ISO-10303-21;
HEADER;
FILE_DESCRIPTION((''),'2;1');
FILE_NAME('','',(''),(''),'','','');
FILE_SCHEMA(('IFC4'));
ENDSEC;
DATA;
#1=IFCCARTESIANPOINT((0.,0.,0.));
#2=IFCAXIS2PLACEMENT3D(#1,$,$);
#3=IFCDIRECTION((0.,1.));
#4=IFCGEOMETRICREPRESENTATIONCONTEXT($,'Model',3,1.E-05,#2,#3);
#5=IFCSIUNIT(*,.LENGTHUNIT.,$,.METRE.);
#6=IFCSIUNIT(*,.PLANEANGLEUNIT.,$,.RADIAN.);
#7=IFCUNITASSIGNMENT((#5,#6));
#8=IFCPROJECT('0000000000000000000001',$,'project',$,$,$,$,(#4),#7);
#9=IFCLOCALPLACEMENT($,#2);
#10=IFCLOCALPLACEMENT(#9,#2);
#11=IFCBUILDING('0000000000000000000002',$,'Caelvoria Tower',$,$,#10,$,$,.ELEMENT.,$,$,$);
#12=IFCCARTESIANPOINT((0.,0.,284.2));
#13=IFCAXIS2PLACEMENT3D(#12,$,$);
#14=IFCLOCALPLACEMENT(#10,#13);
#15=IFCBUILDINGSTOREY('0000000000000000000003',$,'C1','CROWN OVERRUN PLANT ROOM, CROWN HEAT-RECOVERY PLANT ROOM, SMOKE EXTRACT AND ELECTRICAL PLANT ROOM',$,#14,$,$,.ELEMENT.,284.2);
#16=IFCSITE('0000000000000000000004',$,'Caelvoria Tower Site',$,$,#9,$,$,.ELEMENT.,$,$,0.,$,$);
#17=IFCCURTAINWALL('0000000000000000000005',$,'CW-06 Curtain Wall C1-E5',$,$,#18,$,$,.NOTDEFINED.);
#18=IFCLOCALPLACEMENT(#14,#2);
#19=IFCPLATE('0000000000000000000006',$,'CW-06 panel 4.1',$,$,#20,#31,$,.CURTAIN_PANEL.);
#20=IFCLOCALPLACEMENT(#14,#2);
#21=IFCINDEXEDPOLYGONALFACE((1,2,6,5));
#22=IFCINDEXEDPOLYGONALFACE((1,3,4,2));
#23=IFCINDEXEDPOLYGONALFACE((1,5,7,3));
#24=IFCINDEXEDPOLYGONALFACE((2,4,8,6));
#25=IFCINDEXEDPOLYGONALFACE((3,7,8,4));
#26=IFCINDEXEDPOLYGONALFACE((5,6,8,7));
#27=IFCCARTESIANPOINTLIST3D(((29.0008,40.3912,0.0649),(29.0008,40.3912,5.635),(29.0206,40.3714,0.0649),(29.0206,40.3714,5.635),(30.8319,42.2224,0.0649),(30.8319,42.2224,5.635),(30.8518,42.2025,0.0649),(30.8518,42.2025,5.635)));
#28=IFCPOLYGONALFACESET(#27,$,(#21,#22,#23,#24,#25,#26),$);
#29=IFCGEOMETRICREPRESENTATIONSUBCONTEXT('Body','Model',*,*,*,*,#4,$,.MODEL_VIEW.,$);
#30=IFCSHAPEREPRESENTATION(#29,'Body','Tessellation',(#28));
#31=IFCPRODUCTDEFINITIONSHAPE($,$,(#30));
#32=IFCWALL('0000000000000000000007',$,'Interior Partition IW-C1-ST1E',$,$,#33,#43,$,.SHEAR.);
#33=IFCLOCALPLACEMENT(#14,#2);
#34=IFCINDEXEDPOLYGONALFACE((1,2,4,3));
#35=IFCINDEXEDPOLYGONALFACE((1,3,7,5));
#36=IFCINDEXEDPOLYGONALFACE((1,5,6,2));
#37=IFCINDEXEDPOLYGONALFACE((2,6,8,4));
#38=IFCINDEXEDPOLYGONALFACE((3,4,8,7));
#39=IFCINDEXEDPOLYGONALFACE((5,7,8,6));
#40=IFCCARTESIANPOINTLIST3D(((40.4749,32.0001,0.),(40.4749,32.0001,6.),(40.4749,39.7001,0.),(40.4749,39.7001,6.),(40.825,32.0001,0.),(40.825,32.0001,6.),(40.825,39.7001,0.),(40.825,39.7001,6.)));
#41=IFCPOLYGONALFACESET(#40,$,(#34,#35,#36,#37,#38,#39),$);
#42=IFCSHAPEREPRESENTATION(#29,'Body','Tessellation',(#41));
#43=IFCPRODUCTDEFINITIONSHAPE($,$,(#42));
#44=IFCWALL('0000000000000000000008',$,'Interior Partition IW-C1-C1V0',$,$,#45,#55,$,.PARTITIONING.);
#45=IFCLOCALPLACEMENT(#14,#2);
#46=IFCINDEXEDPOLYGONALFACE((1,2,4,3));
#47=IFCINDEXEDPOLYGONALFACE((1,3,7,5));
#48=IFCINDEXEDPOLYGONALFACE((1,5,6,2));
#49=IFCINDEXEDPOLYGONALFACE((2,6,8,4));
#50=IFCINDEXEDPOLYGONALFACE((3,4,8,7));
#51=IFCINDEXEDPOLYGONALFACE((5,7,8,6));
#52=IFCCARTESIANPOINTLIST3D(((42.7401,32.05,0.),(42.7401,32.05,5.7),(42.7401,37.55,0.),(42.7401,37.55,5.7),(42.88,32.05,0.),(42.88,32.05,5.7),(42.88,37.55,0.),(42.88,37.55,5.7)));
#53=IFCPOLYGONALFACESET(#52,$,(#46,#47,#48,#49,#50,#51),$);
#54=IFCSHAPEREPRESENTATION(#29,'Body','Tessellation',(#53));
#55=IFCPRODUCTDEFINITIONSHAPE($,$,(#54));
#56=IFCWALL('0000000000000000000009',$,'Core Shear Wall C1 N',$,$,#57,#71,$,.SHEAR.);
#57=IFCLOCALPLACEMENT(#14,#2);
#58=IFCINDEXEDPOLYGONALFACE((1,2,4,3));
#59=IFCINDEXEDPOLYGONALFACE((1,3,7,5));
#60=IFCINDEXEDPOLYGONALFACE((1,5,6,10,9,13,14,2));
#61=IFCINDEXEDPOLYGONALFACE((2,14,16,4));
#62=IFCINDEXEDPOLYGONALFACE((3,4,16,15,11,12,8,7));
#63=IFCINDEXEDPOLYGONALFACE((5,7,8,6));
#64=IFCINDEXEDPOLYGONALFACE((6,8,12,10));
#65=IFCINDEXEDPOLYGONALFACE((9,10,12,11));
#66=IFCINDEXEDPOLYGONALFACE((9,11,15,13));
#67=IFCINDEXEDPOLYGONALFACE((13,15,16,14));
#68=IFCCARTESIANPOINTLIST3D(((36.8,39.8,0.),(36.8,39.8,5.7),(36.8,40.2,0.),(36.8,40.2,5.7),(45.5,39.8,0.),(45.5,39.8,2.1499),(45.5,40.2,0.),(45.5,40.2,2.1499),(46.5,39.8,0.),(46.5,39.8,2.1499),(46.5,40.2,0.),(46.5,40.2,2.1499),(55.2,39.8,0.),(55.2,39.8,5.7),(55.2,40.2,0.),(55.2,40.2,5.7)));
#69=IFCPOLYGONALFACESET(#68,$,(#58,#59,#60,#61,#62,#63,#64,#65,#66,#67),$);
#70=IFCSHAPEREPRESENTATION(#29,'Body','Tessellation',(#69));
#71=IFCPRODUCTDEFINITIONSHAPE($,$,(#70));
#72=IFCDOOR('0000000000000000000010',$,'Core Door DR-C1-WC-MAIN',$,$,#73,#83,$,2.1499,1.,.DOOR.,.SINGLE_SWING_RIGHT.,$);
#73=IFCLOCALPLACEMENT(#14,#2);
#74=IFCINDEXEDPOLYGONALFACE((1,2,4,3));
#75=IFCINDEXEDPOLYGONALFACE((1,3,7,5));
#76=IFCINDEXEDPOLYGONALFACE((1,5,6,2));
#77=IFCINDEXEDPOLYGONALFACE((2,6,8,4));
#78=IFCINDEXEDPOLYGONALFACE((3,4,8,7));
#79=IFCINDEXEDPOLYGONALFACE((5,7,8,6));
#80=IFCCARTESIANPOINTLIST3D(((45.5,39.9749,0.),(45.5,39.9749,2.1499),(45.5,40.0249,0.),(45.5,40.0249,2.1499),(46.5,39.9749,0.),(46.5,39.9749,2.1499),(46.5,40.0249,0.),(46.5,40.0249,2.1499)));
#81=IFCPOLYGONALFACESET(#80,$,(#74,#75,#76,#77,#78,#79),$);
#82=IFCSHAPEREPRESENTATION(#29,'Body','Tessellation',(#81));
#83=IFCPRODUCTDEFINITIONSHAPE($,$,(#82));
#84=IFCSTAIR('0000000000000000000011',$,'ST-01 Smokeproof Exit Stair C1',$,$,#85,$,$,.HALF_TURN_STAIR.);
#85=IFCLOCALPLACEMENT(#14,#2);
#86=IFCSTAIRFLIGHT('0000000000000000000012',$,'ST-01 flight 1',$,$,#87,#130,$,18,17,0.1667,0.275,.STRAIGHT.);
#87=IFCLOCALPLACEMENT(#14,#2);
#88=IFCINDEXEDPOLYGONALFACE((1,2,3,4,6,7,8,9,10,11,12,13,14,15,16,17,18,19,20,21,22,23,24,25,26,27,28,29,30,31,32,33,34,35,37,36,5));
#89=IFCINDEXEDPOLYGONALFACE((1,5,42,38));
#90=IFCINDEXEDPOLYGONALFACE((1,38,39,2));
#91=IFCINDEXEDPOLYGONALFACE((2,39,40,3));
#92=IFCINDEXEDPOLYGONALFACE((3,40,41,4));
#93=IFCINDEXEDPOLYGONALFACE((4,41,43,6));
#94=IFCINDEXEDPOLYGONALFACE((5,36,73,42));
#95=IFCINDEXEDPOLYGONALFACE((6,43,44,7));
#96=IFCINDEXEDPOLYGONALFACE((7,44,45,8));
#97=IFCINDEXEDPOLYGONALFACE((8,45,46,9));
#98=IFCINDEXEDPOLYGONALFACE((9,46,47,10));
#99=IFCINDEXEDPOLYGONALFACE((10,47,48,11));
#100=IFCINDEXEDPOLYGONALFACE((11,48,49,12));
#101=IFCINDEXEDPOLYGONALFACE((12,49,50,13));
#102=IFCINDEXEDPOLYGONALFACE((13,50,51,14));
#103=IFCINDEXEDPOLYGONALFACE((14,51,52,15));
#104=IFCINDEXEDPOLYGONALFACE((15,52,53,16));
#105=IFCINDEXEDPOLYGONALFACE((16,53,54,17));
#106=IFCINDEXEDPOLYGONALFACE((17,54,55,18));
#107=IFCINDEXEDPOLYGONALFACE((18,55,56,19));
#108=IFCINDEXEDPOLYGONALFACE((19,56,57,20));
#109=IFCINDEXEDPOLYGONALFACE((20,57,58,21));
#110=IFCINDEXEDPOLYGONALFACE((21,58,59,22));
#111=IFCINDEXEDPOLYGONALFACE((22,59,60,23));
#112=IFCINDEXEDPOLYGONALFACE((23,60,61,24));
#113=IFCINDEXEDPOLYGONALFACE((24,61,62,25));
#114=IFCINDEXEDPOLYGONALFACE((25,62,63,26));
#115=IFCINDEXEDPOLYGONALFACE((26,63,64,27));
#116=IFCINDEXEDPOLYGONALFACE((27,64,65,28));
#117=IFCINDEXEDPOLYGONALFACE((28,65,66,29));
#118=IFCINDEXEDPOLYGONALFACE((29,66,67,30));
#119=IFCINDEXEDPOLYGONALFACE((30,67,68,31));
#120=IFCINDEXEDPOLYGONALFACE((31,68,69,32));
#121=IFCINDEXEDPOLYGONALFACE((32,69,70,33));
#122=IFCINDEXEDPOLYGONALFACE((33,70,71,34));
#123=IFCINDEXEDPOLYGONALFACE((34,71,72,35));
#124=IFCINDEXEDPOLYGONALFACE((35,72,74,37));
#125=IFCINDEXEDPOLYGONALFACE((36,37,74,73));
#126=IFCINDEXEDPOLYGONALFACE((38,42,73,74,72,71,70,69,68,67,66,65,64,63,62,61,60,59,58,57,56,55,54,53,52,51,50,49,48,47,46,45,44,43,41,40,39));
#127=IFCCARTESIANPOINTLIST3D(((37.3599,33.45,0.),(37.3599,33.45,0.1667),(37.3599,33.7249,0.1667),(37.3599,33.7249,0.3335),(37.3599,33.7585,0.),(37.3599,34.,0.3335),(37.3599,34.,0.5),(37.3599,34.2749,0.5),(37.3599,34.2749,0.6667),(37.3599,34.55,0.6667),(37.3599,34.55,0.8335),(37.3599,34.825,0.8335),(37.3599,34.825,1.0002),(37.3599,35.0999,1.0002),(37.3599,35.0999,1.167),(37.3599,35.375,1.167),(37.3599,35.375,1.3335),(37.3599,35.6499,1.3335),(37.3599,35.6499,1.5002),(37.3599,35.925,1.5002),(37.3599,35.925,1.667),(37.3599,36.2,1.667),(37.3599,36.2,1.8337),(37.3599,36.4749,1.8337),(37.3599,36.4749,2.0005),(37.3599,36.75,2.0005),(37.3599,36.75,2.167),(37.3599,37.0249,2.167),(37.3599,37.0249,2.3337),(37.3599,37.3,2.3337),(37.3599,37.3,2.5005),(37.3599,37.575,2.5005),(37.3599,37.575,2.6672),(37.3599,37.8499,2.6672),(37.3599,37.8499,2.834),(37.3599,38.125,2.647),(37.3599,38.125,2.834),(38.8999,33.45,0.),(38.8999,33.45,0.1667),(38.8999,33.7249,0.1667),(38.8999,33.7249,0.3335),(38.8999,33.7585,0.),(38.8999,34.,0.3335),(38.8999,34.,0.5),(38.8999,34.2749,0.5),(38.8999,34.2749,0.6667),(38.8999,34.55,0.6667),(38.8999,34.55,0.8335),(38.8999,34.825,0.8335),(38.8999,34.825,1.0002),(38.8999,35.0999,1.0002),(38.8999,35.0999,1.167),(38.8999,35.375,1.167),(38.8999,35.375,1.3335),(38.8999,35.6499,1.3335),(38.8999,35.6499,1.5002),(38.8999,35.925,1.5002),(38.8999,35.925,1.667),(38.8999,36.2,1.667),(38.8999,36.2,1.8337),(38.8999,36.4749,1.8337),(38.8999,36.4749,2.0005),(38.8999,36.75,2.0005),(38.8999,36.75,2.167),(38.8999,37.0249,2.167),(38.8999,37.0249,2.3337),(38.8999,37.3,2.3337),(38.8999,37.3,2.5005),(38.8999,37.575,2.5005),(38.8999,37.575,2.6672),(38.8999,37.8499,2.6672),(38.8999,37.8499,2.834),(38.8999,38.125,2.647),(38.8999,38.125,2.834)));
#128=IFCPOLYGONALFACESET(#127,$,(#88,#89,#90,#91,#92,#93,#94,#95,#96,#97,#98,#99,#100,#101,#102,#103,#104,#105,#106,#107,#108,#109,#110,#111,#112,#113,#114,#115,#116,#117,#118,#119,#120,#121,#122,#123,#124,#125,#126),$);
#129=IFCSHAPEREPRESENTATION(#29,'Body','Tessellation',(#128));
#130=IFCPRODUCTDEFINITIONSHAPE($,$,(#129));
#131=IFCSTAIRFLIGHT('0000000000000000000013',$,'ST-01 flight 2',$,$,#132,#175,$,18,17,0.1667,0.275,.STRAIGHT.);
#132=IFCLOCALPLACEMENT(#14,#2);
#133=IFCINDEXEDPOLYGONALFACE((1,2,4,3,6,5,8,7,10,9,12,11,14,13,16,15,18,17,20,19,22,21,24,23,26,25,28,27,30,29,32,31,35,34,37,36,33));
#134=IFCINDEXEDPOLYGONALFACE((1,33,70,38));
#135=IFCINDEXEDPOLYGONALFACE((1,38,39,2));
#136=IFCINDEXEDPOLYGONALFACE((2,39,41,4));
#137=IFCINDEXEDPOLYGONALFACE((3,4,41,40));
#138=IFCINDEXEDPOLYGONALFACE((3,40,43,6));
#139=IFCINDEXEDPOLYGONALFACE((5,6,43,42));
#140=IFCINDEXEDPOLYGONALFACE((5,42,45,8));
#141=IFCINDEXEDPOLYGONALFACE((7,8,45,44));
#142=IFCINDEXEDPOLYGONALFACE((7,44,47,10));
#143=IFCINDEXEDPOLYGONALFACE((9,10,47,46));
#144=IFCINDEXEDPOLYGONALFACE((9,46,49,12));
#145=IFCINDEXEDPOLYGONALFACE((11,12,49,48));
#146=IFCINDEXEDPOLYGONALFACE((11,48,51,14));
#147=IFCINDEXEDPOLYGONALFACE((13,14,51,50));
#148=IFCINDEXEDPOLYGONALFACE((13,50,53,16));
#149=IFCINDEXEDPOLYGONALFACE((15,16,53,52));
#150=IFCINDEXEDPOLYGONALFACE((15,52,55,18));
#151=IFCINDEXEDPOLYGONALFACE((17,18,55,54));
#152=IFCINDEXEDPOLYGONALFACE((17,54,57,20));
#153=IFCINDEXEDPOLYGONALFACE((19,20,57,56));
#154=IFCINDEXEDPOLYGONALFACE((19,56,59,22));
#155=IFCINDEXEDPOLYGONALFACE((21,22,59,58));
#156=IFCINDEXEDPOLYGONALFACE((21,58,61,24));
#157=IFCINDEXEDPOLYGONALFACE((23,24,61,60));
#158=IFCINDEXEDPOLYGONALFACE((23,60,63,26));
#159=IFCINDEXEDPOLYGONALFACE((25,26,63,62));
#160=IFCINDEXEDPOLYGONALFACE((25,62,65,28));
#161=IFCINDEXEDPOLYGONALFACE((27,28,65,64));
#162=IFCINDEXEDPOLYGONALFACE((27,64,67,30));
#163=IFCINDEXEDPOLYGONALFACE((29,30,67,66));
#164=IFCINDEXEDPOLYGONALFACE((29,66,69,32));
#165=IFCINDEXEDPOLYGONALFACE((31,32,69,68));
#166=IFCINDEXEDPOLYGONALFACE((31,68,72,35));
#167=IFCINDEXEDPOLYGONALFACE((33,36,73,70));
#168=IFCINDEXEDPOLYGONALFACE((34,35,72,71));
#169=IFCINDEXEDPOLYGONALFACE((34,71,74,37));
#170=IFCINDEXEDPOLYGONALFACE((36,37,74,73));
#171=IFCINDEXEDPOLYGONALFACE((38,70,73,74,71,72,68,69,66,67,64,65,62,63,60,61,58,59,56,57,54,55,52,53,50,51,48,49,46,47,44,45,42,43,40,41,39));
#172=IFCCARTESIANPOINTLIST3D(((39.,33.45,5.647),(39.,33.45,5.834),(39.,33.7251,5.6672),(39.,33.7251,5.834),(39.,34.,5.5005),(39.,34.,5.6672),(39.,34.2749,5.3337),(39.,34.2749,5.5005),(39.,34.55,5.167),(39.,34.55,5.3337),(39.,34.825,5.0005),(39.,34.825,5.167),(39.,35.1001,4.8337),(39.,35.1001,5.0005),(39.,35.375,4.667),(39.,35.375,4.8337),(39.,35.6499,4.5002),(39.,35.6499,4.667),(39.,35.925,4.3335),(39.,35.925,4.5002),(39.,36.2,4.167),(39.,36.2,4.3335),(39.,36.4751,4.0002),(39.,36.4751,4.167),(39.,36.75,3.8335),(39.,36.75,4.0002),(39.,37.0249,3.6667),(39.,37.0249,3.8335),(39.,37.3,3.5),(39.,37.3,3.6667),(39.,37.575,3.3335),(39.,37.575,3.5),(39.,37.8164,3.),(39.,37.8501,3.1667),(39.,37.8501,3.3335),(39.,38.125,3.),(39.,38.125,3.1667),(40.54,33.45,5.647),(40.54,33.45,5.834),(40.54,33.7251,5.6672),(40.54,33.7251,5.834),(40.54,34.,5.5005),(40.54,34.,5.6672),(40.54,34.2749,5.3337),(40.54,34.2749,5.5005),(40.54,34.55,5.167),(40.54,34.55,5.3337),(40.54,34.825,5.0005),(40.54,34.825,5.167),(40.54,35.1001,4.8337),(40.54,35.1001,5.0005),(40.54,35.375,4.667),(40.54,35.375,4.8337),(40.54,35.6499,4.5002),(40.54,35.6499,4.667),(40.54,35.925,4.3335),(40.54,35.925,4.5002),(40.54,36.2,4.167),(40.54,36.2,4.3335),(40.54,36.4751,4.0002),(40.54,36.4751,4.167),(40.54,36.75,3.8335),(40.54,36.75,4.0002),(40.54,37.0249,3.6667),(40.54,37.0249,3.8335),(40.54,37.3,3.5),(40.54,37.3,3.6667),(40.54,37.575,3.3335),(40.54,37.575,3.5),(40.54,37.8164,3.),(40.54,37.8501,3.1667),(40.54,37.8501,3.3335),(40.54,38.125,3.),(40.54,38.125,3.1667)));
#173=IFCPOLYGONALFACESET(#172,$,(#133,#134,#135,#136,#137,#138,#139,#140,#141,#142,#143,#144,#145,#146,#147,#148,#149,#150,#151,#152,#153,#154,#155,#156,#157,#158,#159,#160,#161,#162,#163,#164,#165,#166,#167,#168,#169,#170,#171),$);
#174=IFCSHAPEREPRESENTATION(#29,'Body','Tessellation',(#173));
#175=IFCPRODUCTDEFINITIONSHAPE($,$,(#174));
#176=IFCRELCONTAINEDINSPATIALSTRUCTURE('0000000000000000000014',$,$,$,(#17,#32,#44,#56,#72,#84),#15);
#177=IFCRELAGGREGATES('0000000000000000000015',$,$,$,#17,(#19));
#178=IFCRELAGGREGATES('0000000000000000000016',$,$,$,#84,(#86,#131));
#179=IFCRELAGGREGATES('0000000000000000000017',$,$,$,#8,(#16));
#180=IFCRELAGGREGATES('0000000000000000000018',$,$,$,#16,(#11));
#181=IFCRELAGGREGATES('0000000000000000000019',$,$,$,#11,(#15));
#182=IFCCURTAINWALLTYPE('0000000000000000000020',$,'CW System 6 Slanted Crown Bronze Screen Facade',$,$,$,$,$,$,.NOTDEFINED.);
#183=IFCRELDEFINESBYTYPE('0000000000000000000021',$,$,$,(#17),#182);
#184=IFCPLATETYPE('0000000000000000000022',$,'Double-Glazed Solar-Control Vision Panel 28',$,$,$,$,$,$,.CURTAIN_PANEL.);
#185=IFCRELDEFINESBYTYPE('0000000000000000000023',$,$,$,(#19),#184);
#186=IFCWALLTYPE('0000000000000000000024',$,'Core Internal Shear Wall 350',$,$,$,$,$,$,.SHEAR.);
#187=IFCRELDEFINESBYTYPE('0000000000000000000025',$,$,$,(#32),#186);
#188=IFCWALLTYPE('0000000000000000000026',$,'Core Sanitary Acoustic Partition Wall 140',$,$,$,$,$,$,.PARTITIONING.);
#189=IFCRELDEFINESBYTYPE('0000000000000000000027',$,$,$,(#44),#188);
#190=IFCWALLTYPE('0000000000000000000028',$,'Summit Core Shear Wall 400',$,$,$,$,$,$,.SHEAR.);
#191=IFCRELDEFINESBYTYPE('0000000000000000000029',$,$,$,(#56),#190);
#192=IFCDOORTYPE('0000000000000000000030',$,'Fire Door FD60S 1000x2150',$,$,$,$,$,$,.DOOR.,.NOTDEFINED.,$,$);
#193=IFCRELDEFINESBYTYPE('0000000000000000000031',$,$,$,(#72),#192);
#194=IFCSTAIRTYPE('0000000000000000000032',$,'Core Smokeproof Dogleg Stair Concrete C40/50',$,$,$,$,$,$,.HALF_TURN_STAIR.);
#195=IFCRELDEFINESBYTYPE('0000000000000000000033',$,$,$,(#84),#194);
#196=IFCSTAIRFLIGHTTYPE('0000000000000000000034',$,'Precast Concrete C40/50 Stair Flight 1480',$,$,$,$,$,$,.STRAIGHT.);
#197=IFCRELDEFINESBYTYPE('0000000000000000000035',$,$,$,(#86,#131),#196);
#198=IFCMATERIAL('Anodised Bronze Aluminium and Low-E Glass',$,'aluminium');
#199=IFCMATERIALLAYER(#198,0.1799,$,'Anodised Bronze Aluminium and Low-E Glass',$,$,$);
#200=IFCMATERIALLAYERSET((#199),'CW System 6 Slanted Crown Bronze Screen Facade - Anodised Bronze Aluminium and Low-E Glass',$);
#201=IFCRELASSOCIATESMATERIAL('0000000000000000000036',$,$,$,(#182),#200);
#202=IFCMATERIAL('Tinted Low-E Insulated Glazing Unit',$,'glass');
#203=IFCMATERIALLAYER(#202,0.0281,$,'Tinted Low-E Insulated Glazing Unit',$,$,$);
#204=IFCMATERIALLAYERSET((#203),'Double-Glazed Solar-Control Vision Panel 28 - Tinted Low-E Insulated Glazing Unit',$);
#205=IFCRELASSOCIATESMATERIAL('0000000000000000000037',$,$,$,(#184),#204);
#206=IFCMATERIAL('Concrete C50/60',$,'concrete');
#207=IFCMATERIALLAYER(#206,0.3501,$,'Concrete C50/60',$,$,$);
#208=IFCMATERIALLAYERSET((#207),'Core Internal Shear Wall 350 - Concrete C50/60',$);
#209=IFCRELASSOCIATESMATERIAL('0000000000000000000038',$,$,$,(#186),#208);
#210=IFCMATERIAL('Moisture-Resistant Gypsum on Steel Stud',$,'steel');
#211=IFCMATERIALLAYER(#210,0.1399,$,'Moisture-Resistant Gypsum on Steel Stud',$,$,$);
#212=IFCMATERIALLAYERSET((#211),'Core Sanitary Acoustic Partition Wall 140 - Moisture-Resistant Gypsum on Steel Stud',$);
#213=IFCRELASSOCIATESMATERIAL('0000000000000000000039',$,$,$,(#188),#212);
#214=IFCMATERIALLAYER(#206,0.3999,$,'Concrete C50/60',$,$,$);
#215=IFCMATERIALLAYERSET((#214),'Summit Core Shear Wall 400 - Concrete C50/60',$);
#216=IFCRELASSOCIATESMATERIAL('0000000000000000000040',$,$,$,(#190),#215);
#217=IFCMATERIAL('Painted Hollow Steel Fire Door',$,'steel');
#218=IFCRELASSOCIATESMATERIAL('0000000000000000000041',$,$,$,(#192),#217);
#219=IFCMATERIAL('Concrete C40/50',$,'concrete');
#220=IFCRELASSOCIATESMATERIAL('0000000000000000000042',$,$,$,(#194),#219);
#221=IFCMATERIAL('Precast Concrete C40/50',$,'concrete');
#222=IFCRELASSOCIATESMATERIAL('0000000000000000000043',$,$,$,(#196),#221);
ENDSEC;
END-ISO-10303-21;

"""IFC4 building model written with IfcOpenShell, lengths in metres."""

from ifc_helpers import new_model, si_unit, direction, frame, frame_2d, origin, origin_2d, place, context, subcontext, project, spatial, polyline, rectangle, outline, extrude, material, layer, layer_set, type_object, element, fill, aggregate, save


model = new_model("IFC4")

# Units and contexts
model_context = context("Model", 3, precision=1e-05, world=origin(), true_north=direction((0.0, 1.0)))
body_context = subcontext(model_context, "Body", "Model", "MODEL_VIEW")
ifc_project = project(units=[si_unit("LENGTHUNIT", "METRE"), si_unit("PLANEANGLEUNIT", "RADIAN")], contexts=[model_context])

# Site, building, storey
site_placement = place(None, origin())
site = spatial("IfcSite", under=ifc_project, at=site_placement, Name="Caelvoria Tower Site", CompositionType="ELEMENT", RefElevation=0.0)
building_placement = place(site_placement, origin())
building = spatial("IfcBuilding", under=site, at=building_placement, Name="Caelvoria Tower", CompositionType="ELEMENT")
storey_placement = place(building_placement, frame((0.0, 0.0, 284.2)))
storey = spatial("IfcBuildingStorey", under=building, at=storey_placement, Name="C1", Description="CROWN OVERRUN PLANT ROOM, CROWN HEAT-RECOVERY PLANT ROOM, SMOKE EXTRACT AND ELECTRICAL PLANT ROOM", CompositionType="ELEMENT", Elevation=284.2)

# Curtain wall
ifc_material_1 = material(Name="Anodised Bronze Aluminium and Low-E Glass", Category="aluminium")
ifc_layer_1 = layer(ifc_material_1, 0.1799, Name="Anodised Bronze Aluminium and Low-E Glass")
ifc_layer_set_1 = layer_set([ifc_layer_1], Name="CW System 6 Slanted Crown Bronze Screen Facade - Anodised Bronze Aluminium and Low-E Glass")
curtain_wall_type = type_object("IfcCurtainWallType", Name="CW System 6 Slanted Crown Bronze Screen Facade", PredefinedType="NOTDEFINED", material=ifc_layer_set_1)
curtain_wall_1_placement = place(storey_placement, origin())
curtain_wall_1 = element("IfcCurtainWall", 1, at=curtain_wall_1_placement, inside=storey, type_object=curtain_wall_type, Name="CW-06 Curtain Wall C1-E5", PredefinedType="NOTDEFINED")

# Plate
ifc_material_2 = material(Name="Tinted Low-E Insulated Glazing Unit", Category="glass")
ifc_layer_2 = layer(ifc_material_2, 0.0281, Name="Tinted Low-E Insulated Glazing Unit")
ifc_layer_set_2 = layer_set([ifc_layer_2], Name="Double-Glazed Solar-Control Vision Panel 28 - Tinted Low-E Insulated Glazing Unit")
plate_type = type_object("IfcPlateType", Name="Double-Glazed Solar-Control Vision Panel 28", PredefinedType="CURTAIN_PANEL", material=ifc_layer_set_2)
plate_placement = place(storey_placement, frame((29.9263, 41.2969, 0.0649), z_axis=(0.0, 0.0, 1.0), x_axis=(-0.707107, -0.707107, 0.0)))
plate = element("IfcPlate", 2, at=plate_placement, type_object=plate_type, Name="CW-06 panel 4.1", PredefinedType="CURTAIN_PANEL", context=body_context, shape_type="SweptSolid", body=[
    extrude(rectangle(XDim=2.5896, YDim=0.0281, at=origin_2d()), origin(), (0.0, 0.0, 1.0), 5.5701),
])
aggregate(curtain_wall_1, [plate])

# Walls
ifc_material_3 = material(Name="Concrete C50/60", Category="concrete")
ifc_layer_3 = layer(ifc_material_3, 0.3501, Name="Concrete C50/60")
ifc_layer_set_3 = layer_set([ifc_layer_3], Name="Core Internal Shear Wall 350 - Concrete C50/60")
wall_type_1 = type_object("IfcWallType", Name="Core Internal Shear Wall 350", PredefinedType="SHEAR", material=ifc_layer_set_3)
wall_1_placement = place(storey_placement, frame((40.6499, 32.0, 0.0), z_axis=(0.0, 0.0, 1.0), x_axis=(0.0, 1.0, 0.0)))
element("IfcWall", 3, at=wall_1_placement, inside=storey, type_object=wall_type_1, Name="Interior Partition IW-C1-ST1E", PredefinedType="SHEAR", context=body_context, shape_type="SweptSolid", body=[
    extrude(rectangle(XDim=7.7, YDim=0.3501, at=frame_2d((3.8501, 0.0))), origin(), (0.0, 0.0, 1.0), 6.0),
])
ifc_material_4 = material(Name="Moisture-Resistant Gypsum on Steel Stud", Category="steel")
ifc_layer_4 = layer(ifc_material_4, 0.1399, Name="Moisture-Resistant Gypsum on Steel Stud")
ifc_layer_set_4 = layer_set([ifc_layer_4], Name="Core Sanitary Acoustic Partition Wall 140 - Moisture-Resistant Gypsum on Steel Stud")
wall_type_2 = type_object("IfcWallType", Name="Core Sanitary Acoustic Partition Wall 140", PredefinedType="PARTITIONING", material=ifc_layer_set_4)
wall_2_placement = place(storey_placement, frame((42.8101, 32.05, 0.0), z_axis=(0.0, 0.0, 1.0), x_axis=(0.0, 1.0, 0.0)))
element("IfcWall", 4, at=wall_2_placement, inside=storey, type_object=wall_type_2, Name="Interior Partition IW-C1-C1V0", PredefinedType="PARTITIONING", context=body_context, shape_type="SweptSolid", body=[
    extrude(rectangle(XDim=5.5, YDim=0.1399, at=frame_2d((2.75, 0.0))), origin(), (0.0, 0.0, 1.0), 5.7),
])

# Wall, opening, door
ifc_layer_5 = layer(ifc_material_3, 0.3999, Name="Concrete C50/60")
ifc_layer_set_5 = layer_set([ifc_layer_5], Name="Summit Core Shear Wall 400 - Concrete C50/60")
wall_type_3 = type_object("IfcWallType", Name="Summit Core Shear Wall 400", PredefinedType="SHEAR", material=ifc_layer_set_5)
wall_3_placement = place(storey_placement, frame((36.8, 40.0, 0.0), z_axis=(0.0, 0.0, 1.0), x_axis=(1.0, 0.0, 0.0)))
wall_3 = element("IfcWall", 5, at=wall_3_placement, inside=storey, type_object=wall_type_3, Name="Core Shear Wall C1 N", PredefinedType="SHEAR", context=body_context, shape_type="SweptSolid", body=[
    extrude(rectangle(XDim=18.3999, YDim=0.3999, at=frame_2d((9.2, 0.0))), origin(), (0.0, 0.0, 1.0), 5.7),
])
opening_1_placement = place(wall_3_placement, frame((8.7, 0.0, 0.0)))
opening_1 = element("IfcOpeningElement", 6, at=opening_1_placement, cuts=wall_3, PredefinedType="OPENING", context=body_context, shape_type="SweptSolid", body=[
    extrude(rectangle(XDim=1.0, YDim=2.1499, at=frame_2d((0.5, 1.075))), frame((0.0, 0.21, 0.0), z_axis=(0.0, -1.0, 0.0), x_axis=(1.0, 0.0, 0.0)), (0.0, 0.0, 1.0), 0.4199),
])
ifc_material_5 = material(Name="Painted Hollow Steel Fire Door", Category="steel")
door_type_1 = type_object("IfcDoorType", Name="Fire Door FD60S 1000x2150", OperationType="NOTDEFINED", PredefinedType="DOOR", material=ifc_material_5)
door_1_placement = place(opening_1_placement, origin())
door_1 = element("IfcDoor", 7, at=door_1_placement, inside=storey, type_object=door_type_1, Name="Core Door DR-C1-WC-MAIN", OperationType="SINGLE_SWING_RIGHT", OverallHeight=2.1499, OverallWidth=1.0, PredefinedType="DOOR", context=body_context, shape_type="SweptSolid", body=[
    extrude(rectangle(XDim=1.0, YDim=2.1499, at=frame_2d((0.5, 1.075))), frame((0.0, 0.0249, 0.0), z_axis=(0.0, -1.0, 0.0), x_axis=(1.0, 0.0, 0.0)), (0.0, 0.0, 1.0), 0.05),
])
fill(opening_1, door_1)

# Stair, stair flights
ifc_material_6 = material(Name="Concrete C40/50", Category="concrete")
stair_type = type_object("IfcStairType", Name="Core Smokeproof Dogleg Stair Concrete C40/50", PredefinedType="HALF_TURN_STAIR", material=ifc_material_6)
stair_placement = place(storey_placement, origin())
stair = element("IfcStair", 8, at=stair_placement, inside=storey, type_object=stair_type, Name="ST-01 Smokeproof Exit Stair C1", PredefinedType="HALF_TURN_STAIR")
ifc_material_7 = material(Name="Precast Concrete C40/50", Category="concrete")
stair_flight_type = type_object("IfcStairFlightType", Name="Precast Concrete C40/50 Stair Flight 1480", PredefinedType="STRAIGHT", material=ifc_material_7)
stair_flight_1_placement = place(storey_placement, frame((38.1299, 33.45, 0.0), z_axis=(0.0, 0.0, 1.0), x_axis=(0.0, 1.0, 0.0)))
stair_flight_1 = element("IfcStairFlight", 9, at=stair_flight_1_placement, type_object=stair_flight_type, Name="ST-01 flight 1", NumberOfRisers=18, NumberOfTreads=17, PredefinedType="STRAIGHT", RiserHeight=0.1667, TreadLength=0.275, context=body_context, shape_type="SweptSolid", body=[
    extrude(outline(polyline([(0.0, 0.0), (0.0, 0.1667), (0.2749, 0.1667), (0.2749, 0.3335), (0.55, 0.3335), (0.55, 0.5), (0.825, 0.5), (0.825, 0.6667), (1.1001, 0.6667), (1.1001, 0.8335), (1.375, 0.8335), (1.375, 1.0002), (1.6499, 1.0002), (1.6499, 1.167), (1.925, 1.167), (1.925, 1.3335), (2.2, 1.3335), (2.2, 1.5002), (2.4751, 1.5002), (2.4751, 1.667), (2.75, 1.667), (2.75, 1.8337), (3.0249, 1.8337), (3.0249, 2.0005), (3.3, 2.0005), (3.3, 2.167), (3.575, 2.167), (3.575, 2.3337), (3.8501, 2.3337), (3.8501, 2.5005), (4.125, 2.5005), (4.125, 2.6672), (4.3999, 2.6672), (4.3999, 2.834), (4.675, 2.834), (4.675, 3.0005), (4.675, 2.647), (0.3086, 0.0), (0.0, 0.0)])), frame((0.0, 0.77, 0.0), z_axis=(0.0, -1.0, 0.0), x_axis=(1.0, 0.0, 0.0)), (0.0, 0.0, 1.0), 1.54),
])
stair_flight_2_placement = place(storey_placement, frame((39.77, 38.125, 3.0), z_axis=(0.0, 0.0, 1.0), x_axis=(0.0, -1.0, 0.0)))
stair_flight_2 = element("IfcStairFlight", 10, at=stair_flight_2_placement, type_object=stair_flight_type, Name="ST-01 flight 2", NumberOfRisers=18, NumberOfTreads=17, PredefinedType="STRAIGHT", RiserHeight=0.1667, TreadLength=0.275, context=body_context, shape_type="SweptSolid", body=[
    extrude(outline(polyline([(0.0, 0.0), (0.0, 0.1667), (0.2749, 0.1667), (0.2749, 0.3335), (0.55, 0.3335), (0.55, 0.5), (0.825, 0.5), (0.825, 0.6667), (1.1001, 0.6667), (1.1001, 0.8335), (1.375, 0.8335), (1.375, 1.0002), (1.6499, 1.0002), (1.6499, 1.167), (1.925, 1.167), (1.925, 1.3335), (2.2, 1.3335), (2.2, 1.5002), (2.4751, 1.5002), (2.4751, 1.667), (2.75, 1.667), (2.75, 1.8337), (3.0249, 1.8337), (3.0249, 2.0005), (3.3, 2.0005), (3.3, 2.167), (3.575, 2.167), (3.575, 2.3337), (3.8501, 2.3337), (3.8501, 2.5005), (4.125, 2.5005), (4.125, 2.6672), (4.3999, 2.6672), (4.3999, 2.834), (4.675, 2.834), (4.675, 3.0005), (4.675, 2.647), (0.3086, 0.0), (0.0, 0.0)])), frame((0.0, 0.77, 0.0), z_axis=(0.0, -1.0, 0.0), x_axis=(1.0, 0.0, 0.0)), (0.0, 0.0, 1.0), 1.54),
])
aggregate(stair, [stair_flight_1, stair_flight_2])

save(model, "model.ifc")
